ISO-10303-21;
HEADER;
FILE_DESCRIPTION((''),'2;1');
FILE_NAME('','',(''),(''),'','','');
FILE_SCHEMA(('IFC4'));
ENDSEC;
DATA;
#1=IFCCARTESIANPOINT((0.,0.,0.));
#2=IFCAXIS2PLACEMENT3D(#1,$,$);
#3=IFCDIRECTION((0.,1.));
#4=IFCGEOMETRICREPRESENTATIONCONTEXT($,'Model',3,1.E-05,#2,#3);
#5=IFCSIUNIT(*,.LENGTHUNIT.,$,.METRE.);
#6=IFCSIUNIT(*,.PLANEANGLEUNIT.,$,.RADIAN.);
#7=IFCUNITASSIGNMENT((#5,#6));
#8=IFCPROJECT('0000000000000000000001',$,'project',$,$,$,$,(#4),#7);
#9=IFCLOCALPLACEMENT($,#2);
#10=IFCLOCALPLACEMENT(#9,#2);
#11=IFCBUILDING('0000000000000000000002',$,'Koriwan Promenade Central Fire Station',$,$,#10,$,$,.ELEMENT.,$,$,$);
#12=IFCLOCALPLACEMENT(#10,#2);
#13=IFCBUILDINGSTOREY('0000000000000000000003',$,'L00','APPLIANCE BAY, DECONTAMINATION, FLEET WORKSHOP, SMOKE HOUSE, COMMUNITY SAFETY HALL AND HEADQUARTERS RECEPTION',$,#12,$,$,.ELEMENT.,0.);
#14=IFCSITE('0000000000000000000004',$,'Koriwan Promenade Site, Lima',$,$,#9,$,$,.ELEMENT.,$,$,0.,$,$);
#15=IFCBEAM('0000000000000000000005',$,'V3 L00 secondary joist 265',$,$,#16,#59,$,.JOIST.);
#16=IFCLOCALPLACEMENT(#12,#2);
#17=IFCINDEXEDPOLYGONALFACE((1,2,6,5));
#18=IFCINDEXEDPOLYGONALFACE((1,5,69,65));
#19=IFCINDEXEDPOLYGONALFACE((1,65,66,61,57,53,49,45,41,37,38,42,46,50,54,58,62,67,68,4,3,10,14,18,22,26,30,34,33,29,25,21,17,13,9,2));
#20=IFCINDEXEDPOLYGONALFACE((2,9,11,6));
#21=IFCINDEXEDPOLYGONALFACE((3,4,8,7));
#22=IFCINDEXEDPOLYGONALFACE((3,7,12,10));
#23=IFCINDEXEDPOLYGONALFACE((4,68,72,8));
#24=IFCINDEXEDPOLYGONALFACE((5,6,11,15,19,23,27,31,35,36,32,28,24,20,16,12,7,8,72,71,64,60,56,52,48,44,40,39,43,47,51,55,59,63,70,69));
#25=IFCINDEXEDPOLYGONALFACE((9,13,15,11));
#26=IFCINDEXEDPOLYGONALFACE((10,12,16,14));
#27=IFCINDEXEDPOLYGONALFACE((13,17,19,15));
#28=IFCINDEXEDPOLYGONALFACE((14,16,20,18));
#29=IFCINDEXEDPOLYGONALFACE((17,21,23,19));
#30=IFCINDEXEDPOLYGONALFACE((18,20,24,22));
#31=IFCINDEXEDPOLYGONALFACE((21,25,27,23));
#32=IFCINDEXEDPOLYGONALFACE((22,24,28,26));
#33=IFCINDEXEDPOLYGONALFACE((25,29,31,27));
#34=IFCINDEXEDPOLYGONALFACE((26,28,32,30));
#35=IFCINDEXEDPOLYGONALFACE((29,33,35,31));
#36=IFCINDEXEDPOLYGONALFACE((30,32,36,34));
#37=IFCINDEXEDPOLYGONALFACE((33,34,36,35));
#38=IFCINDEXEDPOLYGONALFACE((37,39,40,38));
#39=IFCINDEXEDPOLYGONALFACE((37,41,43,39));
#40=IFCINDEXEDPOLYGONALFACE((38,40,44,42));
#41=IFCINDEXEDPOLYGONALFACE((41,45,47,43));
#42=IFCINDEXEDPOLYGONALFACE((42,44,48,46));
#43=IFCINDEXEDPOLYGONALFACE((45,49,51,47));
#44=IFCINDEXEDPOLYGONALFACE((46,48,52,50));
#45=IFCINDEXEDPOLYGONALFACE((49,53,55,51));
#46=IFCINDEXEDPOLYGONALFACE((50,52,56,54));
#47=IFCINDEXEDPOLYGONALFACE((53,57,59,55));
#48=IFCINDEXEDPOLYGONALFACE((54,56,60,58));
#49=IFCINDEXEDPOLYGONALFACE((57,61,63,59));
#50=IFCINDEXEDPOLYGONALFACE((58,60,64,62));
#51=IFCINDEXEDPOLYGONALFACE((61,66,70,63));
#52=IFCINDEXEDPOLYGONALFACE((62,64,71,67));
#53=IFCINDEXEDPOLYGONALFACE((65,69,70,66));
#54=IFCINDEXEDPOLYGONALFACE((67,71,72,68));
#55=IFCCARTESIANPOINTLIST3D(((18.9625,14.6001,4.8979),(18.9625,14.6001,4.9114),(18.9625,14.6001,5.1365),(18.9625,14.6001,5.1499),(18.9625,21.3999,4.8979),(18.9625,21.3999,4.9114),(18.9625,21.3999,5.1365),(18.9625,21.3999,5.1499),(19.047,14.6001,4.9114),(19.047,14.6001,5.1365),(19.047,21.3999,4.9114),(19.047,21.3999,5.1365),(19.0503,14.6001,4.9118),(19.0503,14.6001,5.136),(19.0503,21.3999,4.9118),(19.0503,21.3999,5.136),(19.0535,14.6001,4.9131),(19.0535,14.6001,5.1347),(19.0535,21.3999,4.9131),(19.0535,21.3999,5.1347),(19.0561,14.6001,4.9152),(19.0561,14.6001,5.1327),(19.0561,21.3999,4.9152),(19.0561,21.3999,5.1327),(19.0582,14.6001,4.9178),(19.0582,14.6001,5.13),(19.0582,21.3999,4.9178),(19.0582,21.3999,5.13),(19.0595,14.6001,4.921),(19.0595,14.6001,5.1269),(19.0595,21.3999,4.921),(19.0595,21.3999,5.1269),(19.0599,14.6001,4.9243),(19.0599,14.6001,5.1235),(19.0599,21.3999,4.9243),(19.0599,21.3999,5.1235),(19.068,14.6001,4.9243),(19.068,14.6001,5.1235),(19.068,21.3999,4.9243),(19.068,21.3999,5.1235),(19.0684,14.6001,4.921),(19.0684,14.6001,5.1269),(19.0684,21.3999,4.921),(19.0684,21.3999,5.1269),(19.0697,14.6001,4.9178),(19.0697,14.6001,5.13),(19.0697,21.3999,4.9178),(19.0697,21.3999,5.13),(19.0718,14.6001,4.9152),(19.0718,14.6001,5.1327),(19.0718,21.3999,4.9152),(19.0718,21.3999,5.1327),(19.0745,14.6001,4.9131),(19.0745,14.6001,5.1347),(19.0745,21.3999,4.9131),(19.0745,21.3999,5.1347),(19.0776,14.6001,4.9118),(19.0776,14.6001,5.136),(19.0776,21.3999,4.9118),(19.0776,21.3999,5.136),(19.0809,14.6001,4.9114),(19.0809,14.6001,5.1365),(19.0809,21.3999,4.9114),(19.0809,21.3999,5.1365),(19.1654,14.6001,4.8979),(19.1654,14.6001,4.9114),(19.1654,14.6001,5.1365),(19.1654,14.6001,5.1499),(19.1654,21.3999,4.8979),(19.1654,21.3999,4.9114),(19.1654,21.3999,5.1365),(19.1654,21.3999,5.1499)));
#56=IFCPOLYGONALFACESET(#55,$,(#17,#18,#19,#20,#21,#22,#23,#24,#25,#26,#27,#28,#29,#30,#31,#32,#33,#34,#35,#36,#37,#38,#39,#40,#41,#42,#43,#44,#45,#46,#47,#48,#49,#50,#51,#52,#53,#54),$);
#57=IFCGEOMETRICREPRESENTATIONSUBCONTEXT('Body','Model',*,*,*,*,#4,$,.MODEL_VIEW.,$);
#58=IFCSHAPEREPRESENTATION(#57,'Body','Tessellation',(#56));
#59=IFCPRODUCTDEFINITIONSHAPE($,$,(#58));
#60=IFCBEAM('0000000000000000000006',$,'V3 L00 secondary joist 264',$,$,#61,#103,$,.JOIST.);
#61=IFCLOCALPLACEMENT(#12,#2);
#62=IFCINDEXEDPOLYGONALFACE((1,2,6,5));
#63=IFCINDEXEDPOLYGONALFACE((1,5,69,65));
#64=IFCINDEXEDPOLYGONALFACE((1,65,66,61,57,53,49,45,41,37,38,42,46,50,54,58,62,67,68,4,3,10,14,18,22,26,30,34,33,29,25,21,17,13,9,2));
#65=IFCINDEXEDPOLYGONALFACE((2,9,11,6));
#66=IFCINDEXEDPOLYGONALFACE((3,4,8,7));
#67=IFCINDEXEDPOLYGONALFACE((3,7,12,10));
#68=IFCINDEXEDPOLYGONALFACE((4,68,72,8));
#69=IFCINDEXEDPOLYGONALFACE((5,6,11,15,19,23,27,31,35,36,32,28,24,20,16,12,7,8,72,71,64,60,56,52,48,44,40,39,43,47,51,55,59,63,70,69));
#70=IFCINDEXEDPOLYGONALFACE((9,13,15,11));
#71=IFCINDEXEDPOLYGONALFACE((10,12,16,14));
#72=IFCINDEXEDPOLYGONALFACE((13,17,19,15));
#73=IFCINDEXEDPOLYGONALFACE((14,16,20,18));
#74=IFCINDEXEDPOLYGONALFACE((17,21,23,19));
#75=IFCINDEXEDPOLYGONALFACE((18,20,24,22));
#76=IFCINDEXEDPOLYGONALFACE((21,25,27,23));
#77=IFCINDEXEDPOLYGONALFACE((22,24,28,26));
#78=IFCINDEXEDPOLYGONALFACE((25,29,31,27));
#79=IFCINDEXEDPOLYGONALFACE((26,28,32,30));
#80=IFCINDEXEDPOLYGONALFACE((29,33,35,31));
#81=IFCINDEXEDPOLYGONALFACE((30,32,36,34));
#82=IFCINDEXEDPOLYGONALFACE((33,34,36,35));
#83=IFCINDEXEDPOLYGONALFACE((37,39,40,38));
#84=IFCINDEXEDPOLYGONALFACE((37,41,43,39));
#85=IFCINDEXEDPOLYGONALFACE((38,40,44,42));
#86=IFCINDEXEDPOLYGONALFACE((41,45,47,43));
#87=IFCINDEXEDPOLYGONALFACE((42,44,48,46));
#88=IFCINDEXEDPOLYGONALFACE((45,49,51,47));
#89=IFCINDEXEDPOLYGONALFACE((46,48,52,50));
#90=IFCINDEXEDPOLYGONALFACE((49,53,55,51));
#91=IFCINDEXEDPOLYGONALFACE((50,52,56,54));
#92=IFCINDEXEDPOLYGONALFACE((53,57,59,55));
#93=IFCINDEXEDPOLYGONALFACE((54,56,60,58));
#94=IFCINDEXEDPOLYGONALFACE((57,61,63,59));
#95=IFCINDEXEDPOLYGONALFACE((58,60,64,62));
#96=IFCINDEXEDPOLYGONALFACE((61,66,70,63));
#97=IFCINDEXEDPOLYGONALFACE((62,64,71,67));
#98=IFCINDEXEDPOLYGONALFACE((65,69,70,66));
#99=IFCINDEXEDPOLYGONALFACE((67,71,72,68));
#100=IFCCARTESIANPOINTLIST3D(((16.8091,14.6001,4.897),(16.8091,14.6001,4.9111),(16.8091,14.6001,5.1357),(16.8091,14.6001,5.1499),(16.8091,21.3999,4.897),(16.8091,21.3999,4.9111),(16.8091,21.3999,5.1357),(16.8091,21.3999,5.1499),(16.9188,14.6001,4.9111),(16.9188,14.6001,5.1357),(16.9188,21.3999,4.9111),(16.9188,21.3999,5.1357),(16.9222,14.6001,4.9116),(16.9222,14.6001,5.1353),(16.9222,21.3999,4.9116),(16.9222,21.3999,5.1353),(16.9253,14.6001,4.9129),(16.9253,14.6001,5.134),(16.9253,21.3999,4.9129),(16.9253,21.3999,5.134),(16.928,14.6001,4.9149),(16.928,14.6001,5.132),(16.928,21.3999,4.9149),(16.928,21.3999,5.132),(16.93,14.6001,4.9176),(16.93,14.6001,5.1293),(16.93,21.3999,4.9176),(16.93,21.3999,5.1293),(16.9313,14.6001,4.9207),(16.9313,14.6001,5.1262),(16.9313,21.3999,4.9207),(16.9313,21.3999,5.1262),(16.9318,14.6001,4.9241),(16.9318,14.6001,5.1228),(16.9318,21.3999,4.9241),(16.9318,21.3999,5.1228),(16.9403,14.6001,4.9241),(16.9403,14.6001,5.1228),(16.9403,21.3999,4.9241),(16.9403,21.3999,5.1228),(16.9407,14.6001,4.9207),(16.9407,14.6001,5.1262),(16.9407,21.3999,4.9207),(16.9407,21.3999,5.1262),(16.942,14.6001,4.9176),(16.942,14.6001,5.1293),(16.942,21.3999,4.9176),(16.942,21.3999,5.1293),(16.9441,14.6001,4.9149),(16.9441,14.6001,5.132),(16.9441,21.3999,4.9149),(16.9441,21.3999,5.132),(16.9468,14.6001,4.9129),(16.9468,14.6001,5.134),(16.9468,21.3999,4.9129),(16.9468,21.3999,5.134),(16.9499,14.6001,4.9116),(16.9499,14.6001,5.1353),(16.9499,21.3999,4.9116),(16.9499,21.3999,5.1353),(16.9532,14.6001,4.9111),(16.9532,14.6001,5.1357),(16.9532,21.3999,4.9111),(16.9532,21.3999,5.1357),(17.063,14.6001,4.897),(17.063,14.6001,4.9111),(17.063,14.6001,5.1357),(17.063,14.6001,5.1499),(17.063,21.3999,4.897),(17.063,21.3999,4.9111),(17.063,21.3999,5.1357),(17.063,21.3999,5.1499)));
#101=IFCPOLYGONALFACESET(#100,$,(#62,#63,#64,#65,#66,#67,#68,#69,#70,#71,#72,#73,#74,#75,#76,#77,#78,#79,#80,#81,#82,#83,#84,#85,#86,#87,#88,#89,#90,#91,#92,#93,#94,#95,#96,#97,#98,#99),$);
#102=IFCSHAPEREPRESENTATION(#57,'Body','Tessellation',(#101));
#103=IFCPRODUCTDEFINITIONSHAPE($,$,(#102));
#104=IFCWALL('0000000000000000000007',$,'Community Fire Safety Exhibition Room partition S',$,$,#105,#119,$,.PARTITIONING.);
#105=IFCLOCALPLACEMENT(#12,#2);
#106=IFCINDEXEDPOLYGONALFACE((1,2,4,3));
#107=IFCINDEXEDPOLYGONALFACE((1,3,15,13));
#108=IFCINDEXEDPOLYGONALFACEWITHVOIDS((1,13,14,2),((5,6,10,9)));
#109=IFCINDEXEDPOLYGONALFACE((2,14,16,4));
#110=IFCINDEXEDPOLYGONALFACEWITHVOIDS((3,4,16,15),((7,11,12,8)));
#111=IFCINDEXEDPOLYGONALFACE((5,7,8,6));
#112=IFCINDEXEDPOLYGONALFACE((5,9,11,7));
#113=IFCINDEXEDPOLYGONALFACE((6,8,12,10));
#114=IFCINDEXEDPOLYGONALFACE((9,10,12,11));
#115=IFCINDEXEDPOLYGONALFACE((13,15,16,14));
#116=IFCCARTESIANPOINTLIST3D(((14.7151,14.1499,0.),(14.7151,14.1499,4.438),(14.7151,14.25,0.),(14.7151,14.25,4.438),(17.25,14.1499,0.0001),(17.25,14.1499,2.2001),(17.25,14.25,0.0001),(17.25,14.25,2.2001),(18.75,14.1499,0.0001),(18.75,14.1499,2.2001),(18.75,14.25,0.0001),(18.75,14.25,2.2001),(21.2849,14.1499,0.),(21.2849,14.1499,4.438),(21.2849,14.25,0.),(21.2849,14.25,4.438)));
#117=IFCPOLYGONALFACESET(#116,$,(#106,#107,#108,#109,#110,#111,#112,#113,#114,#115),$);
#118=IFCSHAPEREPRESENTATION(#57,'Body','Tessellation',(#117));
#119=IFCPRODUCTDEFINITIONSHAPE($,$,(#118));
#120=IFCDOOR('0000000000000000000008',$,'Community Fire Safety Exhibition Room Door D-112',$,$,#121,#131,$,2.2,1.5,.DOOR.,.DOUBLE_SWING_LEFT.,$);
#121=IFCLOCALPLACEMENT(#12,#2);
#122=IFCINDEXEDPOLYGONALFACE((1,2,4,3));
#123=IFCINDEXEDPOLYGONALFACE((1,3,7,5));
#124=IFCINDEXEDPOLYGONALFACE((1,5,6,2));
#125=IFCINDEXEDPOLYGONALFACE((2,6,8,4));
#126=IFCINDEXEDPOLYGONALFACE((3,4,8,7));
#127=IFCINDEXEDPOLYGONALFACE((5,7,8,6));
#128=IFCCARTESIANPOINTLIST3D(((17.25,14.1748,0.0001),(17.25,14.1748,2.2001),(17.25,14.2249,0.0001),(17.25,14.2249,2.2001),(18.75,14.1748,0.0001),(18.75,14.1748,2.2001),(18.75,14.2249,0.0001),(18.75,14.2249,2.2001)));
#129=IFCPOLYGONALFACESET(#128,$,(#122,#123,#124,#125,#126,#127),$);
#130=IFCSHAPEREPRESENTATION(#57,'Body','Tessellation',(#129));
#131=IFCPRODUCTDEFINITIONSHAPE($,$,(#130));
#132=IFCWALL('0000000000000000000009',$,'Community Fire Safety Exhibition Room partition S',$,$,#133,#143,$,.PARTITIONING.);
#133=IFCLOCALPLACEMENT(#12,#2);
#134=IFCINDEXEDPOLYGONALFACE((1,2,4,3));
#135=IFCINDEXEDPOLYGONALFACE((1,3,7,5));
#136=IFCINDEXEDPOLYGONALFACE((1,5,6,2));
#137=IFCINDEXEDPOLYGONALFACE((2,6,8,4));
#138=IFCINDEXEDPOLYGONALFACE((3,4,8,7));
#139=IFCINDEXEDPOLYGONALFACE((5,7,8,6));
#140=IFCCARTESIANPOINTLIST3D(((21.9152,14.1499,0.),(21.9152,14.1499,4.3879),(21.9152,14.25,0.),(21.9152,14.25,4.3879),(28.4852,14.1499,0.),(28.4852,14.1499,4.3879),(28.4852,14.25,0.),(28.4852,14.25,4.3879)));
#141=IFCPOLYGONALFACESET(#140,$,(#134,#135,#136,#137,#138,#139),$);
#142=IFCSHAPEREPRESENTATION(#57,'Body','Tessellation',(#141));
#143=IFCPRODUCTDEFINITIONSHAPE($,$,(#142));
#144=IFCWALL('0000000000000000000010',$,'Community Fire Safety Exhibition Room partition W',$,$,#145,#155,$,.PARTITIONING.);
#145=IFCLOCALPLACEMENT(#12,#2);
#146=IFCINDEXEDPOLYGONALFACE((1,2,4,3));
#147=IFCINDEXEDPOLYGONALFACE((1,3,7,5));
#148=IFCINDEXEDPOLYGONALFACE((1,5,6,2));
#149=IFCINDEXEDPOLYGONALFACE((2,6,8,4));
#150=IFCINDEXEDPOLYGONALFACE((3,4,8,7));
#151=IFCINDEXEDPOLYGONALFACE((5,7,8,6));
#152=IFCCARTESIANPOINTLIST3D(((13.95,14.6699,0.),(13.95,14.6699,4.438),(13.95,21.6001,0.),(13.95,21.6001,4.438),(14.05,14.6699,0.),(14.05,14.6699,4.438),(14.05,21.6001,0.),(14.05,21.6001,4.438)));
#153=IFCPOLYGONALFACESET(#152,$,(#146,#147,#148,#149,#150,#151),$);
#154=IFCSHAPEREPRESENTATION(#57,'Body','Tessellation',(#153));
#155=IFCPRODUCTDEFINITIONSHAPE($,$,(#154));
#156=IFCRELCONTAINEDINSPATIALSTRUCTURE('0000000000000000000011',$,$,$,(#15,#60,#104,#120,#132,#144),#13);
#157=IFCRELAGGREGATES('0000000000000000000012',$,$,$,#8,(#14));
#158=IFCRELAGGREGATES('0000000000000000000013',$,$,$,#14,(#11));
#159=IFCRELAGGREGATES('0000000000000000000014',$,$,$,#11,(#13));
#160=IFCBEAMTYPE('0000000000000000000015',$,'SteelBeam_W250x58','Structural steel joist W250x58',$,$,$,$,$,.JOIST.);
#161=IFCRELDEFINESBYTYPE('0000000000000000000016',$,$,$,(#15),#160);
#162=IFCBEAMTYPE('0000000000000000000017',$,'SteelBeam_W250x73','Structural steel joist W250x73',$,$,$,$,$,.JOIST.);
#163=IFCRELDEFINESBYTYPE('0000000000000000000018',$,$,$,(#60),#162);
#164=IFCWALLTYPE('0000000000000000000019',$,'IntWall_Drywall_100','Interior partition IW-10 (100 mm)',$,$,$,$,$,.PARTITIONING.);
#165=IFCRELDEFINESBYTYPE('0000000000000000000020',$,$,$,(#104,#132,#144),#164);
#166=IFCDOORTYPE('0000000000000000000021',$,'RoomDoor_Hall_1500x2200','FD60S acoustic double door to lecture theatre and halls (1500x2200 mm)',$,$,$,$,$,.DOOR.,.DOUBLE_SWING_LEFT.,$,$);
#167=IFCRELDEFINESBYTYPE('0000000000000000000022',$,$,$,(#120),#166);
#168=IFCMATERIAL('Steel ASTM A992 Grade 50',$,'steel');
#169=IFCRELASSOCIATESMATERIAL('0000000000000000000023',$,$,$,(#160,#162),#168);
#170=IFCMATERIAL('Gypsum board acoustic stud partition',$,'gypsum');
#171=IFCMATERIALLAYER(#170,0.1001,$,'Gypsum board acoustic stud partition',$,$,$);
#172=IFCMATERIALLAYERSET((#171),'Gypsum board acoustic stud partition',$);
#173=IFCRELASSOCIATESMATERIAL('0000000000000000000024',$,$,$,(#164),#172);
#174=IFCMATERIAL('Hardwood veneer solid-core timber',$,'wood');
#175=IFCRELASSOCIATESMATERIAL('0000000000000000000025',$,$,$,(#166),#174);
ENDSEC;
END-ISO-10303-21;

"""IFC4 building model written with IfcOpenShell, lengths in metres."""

from ifc_helpers import new_model, si_unit, direction, frame, frame_2d, origin, origin_2d, place, context, subcontext, project, spatial, rectangle, i_section, extrude, material, layer, layer_set, material_profile, profile_set, type_object, element, fill, save


model = new_model("IFC4")

# Units and contexts
model_context = context("Model", 3, precision=1e-05, world=origin(), true_north=direction((0.0, 1.0)))
body_context = subcontext(model_context, "Body", "Model", "MODEL_VIEW")
ifc_project = project(units=[si_unit("LENGTHUNIT", "METRE"), si_unit("PLANEANGLEUNIT", "RADIAN")], contexts=[model_context])

# Site, building, storey
site_placement = place(None, origin())
site = spatial("IfcSite", under=ifc_project, at=site_placement, Name="Koriwan Promenade Site, Lima", CompositionType="ELEMENT", RefElevation=0.0)
building_placement = place(site_placement, origin())
building = spatial("IfcBuilding", under=site, at=building_placement, Name="Koriwan Promenade Central Fire Station", CompositionType="ELEMENT")
storey_placement = place(building_placement, origin())
storey = spatial("IfcBuildingStorey", under=building, at=storey_placement, Name="L00", Description="APPLIANCE BAY, DECONTAMINATION, FLEET WORKSHOP, SMOKE HOUSE, COMMUNITY SAFETY HALL AND HEADQUARTERS RECEPTION", CompositionType="ELEMENT", Elevation=0.0)

# Beams
ifc_material_1 = material(Name="Steel ASTM A992 Grade 50", Category="steel")
ifc_material_profile_1 = material_profile(ifc_material_1, i_section(OverallWidth=0.2029, OverallDepth=0.252, WebThickness=0.0081, FlangeThickness=0.0134, FilletRadius=0.0129, at=origin_2d()), Name="W250x58")
ifc_profile_set_1 = profile_set([ifc_material_profile_1], Name="Steel ASTM A992 Grade 50")
beam_type_1 = type_object("IfcBeamType", Name="SteelBeam_W250x58", Description="Structural steel joist W250x58", PredefinedType="JOIST", material=ifc_profile_set_1)
beam_1_placement = place(storey_placement, frame((19.064, 14.6001, 5.0239), z_axis=(0.0, 1.0, 0.0), x_axis=(-1.0, 0.0, 0.0)))
element("IfcBeam", 1, at=beam_1_placement, inside=storey, type_object=beam_type_1, Name="V3 L00 secondary joist 265", PredefinedType="JOIST", context=body_context, shape_type="SweptSolid", body=[
    extrude(i_section(OverallWidth=0.2029, OverallDepth=0.252, WebThickness=0.0081, FlangeThickness=0.0134, FilletRadius=0.0129, at=origin_2d()), origin(), (0.0, 0.0, 1.0), 6.7998),
])
ifc_material_profile_2 = material_profile(ifc_material_1, i_section(OverallWidth=0.2539, OverallDepth=0.2529, WebThickness=0.0085, FlangeThickness=0.0142, FilletRadius=0.0129, at=origin_2d()), Name="W250x73")
ifc_profile_set_2 = profile_set([ifc_material_profile_2], Name="Steel ASTM A992 Grade 50")
beam_type_2 = type_object("IfcBeamType", Name="SteelBeam_W250x73", Description="Structural steel joist W250x73", PredefinedType="JOIST", material=ifc_profile_set_2)
beam_2_placement = place(storey_placement, frame((16.936, 14.6001, 5.0234), z_axis=(0.0, 1.0, 0.0), x_axis=(-1.0, 0.0, 0.0)))
element("IfcBeam", 2, at=beam_2_placement, inside=storey, type_object=beam_type_2, Name="V3 L00 secondary joist 264", PredefinedType="JOIST", context=body_context, shape_type="SweptSolid", body=[
    extrude(i_section(OverallWidth=0.2539, OverallDepth=0.2529, WebThickness=0.0085, FlangeThickness=0.0142, FilletRadius=0.0129, at=origin_2d()), origin(), (0.0, 0.0, 1.0), 6.7998),
])

# Wall, opening, door
ifc_material_2 = material(Name="Gypsum board acoustic stud partition", Category="gypsum")
ifc_layer_1 = layer(ifc_material_2, 0.1001, Name="Gypsum board acoustic stud partition")
ifc_layer_set_1 = layer_set([ifc_layer_1], Name="Gypsum board acoustic stud partition")
wall_type_1 = type_object("IfcWallType", Name="IntWall_Drywall_100", Description="Interior partition IW-10 (100 mm)", PredefinedType="PARTITIONING", material=ifc_layer_set_1)
wall_1_placement = place(storey_placement, frame((14.7151, 14.2, 0.0), z_axis=(0.0, 0.0, 1.0), x_axis=(1.0, 0.0, 0.0)))
wall_1 = element("IfcWall", 3, at=wall_1_placement, inside=storey, type_object=wall_type_1, Name="Community Fire Safety Exhibition Room partition S", PredefinedType="PARTITIONING", context=body_context, shape_type="SweptSolid", body=[
    extrude(rectangle(XDim=6.5698, YDim=0.1001, at=frame_2d((3.2849, 0.0))), origin(), (0.0, 0.0, 1.0), 4.438),
])
opening_1_placement = place(wall_1_placement, frame((2.5349, 0.0, 0.0)))
opening_1 = element("IfcOpeningElement", 4, at=opening_1_placement, cuts=wall_1, PredefinedType="OPENING", context=body_context, shape_type="SweptSolid", body=[
    extrude(rectangle(XDim=1.5, YDim=2.2, at=frame_2d((0.75, 1.1001))), frame((0.0, 0.062, 0.0), z_axis=(0.0, -1.0, 0.0), x_axis=(1.0, 0.0, 0.0)), (0.0, 0.0, 1.0), 0.124),
])
ifc_material_3 = material(Name="Hardwood veneer solid-core timber", Category="wood")
door_type_1 = type_object("IfcDoorType", Name="RoomDoor_Hall_1500x2200", Description="FD60S acoustic double door to lecture theatre and halls (1500x2200 mm)", OperationType="DOUBLE_SWING_LEFT", PredefinedType="DOOR", material=ifc_material_3)
door_1_placement = place(opening_1_placement, origin())
door_1 = element("IfcDoor", 5, at=door_1_placement, inside=storey, type_object=door_type_1, Name="Community Fire Safety Exhibition Room Door D-112", OperationType="DOUBLE_SWING_LEFT", OverallHeight=2.2, OverallWidth=1.5, PredefinedType="DOOR", context=body_context, shape_type="SweptSolid", body=[
    extrude(rectangle(XDim=1.5, YDim=2.2, at=frame_2d((0.75, 1.1001))), frame((0.0, 0.0249, 0.0), z_axis=(0.0, -1.0, 0.0), x_axis=(1.0, 0.0, 0.0)), (0.0, 0.0, 1.0), 0.05),
])
fill(opening_1, door_1)

# Walls
wall_2_placement = place(storey_placement, frame((21.915, 14.2, 0.0), z_axis=(0.0, 0.0, 1.0), x_axis=(1.0, 0.0, 0.0)))
element("IfcWall", 6, at=wall_2_placement, inside=storey, type_object=wall_type_1, Name="Community Fire Safety Exhibition Room partition S", PredefinedType="PARTITIONING", context=body_context, shape_type="SweptSolid", body=[
    extrude(rectangle(XDim=6.5701, YDim=0.1001, at=frame_2d((3.2852, 0.0))), origin(), (0.0, 0.0, 1.0), 4.3879),
])
wall_3_placement = place(storey_placement, frame((14.0, 14.6699, 0.0), z_axis=(0.0, 0.0, 1.0), x_axis=(0.0, 1.0, 0.0)))
element("IfcWall", 7, at=wall_3_placement, inside=storey, type_object=wall_type_1, Name="Community Fire Safety Exhibition Room partition W", PredefinedType="PARTITIONING", context=body_context, shape_type="SweptSolid", body=[
    extrude(rectangle(XDim=6.9302, YDim=0.1001, at=frame_2d((3.4651, 0.0))), origin(), (0.0, 0.0, 1.0), 4.438),
])

save(model, "model.ifc")
